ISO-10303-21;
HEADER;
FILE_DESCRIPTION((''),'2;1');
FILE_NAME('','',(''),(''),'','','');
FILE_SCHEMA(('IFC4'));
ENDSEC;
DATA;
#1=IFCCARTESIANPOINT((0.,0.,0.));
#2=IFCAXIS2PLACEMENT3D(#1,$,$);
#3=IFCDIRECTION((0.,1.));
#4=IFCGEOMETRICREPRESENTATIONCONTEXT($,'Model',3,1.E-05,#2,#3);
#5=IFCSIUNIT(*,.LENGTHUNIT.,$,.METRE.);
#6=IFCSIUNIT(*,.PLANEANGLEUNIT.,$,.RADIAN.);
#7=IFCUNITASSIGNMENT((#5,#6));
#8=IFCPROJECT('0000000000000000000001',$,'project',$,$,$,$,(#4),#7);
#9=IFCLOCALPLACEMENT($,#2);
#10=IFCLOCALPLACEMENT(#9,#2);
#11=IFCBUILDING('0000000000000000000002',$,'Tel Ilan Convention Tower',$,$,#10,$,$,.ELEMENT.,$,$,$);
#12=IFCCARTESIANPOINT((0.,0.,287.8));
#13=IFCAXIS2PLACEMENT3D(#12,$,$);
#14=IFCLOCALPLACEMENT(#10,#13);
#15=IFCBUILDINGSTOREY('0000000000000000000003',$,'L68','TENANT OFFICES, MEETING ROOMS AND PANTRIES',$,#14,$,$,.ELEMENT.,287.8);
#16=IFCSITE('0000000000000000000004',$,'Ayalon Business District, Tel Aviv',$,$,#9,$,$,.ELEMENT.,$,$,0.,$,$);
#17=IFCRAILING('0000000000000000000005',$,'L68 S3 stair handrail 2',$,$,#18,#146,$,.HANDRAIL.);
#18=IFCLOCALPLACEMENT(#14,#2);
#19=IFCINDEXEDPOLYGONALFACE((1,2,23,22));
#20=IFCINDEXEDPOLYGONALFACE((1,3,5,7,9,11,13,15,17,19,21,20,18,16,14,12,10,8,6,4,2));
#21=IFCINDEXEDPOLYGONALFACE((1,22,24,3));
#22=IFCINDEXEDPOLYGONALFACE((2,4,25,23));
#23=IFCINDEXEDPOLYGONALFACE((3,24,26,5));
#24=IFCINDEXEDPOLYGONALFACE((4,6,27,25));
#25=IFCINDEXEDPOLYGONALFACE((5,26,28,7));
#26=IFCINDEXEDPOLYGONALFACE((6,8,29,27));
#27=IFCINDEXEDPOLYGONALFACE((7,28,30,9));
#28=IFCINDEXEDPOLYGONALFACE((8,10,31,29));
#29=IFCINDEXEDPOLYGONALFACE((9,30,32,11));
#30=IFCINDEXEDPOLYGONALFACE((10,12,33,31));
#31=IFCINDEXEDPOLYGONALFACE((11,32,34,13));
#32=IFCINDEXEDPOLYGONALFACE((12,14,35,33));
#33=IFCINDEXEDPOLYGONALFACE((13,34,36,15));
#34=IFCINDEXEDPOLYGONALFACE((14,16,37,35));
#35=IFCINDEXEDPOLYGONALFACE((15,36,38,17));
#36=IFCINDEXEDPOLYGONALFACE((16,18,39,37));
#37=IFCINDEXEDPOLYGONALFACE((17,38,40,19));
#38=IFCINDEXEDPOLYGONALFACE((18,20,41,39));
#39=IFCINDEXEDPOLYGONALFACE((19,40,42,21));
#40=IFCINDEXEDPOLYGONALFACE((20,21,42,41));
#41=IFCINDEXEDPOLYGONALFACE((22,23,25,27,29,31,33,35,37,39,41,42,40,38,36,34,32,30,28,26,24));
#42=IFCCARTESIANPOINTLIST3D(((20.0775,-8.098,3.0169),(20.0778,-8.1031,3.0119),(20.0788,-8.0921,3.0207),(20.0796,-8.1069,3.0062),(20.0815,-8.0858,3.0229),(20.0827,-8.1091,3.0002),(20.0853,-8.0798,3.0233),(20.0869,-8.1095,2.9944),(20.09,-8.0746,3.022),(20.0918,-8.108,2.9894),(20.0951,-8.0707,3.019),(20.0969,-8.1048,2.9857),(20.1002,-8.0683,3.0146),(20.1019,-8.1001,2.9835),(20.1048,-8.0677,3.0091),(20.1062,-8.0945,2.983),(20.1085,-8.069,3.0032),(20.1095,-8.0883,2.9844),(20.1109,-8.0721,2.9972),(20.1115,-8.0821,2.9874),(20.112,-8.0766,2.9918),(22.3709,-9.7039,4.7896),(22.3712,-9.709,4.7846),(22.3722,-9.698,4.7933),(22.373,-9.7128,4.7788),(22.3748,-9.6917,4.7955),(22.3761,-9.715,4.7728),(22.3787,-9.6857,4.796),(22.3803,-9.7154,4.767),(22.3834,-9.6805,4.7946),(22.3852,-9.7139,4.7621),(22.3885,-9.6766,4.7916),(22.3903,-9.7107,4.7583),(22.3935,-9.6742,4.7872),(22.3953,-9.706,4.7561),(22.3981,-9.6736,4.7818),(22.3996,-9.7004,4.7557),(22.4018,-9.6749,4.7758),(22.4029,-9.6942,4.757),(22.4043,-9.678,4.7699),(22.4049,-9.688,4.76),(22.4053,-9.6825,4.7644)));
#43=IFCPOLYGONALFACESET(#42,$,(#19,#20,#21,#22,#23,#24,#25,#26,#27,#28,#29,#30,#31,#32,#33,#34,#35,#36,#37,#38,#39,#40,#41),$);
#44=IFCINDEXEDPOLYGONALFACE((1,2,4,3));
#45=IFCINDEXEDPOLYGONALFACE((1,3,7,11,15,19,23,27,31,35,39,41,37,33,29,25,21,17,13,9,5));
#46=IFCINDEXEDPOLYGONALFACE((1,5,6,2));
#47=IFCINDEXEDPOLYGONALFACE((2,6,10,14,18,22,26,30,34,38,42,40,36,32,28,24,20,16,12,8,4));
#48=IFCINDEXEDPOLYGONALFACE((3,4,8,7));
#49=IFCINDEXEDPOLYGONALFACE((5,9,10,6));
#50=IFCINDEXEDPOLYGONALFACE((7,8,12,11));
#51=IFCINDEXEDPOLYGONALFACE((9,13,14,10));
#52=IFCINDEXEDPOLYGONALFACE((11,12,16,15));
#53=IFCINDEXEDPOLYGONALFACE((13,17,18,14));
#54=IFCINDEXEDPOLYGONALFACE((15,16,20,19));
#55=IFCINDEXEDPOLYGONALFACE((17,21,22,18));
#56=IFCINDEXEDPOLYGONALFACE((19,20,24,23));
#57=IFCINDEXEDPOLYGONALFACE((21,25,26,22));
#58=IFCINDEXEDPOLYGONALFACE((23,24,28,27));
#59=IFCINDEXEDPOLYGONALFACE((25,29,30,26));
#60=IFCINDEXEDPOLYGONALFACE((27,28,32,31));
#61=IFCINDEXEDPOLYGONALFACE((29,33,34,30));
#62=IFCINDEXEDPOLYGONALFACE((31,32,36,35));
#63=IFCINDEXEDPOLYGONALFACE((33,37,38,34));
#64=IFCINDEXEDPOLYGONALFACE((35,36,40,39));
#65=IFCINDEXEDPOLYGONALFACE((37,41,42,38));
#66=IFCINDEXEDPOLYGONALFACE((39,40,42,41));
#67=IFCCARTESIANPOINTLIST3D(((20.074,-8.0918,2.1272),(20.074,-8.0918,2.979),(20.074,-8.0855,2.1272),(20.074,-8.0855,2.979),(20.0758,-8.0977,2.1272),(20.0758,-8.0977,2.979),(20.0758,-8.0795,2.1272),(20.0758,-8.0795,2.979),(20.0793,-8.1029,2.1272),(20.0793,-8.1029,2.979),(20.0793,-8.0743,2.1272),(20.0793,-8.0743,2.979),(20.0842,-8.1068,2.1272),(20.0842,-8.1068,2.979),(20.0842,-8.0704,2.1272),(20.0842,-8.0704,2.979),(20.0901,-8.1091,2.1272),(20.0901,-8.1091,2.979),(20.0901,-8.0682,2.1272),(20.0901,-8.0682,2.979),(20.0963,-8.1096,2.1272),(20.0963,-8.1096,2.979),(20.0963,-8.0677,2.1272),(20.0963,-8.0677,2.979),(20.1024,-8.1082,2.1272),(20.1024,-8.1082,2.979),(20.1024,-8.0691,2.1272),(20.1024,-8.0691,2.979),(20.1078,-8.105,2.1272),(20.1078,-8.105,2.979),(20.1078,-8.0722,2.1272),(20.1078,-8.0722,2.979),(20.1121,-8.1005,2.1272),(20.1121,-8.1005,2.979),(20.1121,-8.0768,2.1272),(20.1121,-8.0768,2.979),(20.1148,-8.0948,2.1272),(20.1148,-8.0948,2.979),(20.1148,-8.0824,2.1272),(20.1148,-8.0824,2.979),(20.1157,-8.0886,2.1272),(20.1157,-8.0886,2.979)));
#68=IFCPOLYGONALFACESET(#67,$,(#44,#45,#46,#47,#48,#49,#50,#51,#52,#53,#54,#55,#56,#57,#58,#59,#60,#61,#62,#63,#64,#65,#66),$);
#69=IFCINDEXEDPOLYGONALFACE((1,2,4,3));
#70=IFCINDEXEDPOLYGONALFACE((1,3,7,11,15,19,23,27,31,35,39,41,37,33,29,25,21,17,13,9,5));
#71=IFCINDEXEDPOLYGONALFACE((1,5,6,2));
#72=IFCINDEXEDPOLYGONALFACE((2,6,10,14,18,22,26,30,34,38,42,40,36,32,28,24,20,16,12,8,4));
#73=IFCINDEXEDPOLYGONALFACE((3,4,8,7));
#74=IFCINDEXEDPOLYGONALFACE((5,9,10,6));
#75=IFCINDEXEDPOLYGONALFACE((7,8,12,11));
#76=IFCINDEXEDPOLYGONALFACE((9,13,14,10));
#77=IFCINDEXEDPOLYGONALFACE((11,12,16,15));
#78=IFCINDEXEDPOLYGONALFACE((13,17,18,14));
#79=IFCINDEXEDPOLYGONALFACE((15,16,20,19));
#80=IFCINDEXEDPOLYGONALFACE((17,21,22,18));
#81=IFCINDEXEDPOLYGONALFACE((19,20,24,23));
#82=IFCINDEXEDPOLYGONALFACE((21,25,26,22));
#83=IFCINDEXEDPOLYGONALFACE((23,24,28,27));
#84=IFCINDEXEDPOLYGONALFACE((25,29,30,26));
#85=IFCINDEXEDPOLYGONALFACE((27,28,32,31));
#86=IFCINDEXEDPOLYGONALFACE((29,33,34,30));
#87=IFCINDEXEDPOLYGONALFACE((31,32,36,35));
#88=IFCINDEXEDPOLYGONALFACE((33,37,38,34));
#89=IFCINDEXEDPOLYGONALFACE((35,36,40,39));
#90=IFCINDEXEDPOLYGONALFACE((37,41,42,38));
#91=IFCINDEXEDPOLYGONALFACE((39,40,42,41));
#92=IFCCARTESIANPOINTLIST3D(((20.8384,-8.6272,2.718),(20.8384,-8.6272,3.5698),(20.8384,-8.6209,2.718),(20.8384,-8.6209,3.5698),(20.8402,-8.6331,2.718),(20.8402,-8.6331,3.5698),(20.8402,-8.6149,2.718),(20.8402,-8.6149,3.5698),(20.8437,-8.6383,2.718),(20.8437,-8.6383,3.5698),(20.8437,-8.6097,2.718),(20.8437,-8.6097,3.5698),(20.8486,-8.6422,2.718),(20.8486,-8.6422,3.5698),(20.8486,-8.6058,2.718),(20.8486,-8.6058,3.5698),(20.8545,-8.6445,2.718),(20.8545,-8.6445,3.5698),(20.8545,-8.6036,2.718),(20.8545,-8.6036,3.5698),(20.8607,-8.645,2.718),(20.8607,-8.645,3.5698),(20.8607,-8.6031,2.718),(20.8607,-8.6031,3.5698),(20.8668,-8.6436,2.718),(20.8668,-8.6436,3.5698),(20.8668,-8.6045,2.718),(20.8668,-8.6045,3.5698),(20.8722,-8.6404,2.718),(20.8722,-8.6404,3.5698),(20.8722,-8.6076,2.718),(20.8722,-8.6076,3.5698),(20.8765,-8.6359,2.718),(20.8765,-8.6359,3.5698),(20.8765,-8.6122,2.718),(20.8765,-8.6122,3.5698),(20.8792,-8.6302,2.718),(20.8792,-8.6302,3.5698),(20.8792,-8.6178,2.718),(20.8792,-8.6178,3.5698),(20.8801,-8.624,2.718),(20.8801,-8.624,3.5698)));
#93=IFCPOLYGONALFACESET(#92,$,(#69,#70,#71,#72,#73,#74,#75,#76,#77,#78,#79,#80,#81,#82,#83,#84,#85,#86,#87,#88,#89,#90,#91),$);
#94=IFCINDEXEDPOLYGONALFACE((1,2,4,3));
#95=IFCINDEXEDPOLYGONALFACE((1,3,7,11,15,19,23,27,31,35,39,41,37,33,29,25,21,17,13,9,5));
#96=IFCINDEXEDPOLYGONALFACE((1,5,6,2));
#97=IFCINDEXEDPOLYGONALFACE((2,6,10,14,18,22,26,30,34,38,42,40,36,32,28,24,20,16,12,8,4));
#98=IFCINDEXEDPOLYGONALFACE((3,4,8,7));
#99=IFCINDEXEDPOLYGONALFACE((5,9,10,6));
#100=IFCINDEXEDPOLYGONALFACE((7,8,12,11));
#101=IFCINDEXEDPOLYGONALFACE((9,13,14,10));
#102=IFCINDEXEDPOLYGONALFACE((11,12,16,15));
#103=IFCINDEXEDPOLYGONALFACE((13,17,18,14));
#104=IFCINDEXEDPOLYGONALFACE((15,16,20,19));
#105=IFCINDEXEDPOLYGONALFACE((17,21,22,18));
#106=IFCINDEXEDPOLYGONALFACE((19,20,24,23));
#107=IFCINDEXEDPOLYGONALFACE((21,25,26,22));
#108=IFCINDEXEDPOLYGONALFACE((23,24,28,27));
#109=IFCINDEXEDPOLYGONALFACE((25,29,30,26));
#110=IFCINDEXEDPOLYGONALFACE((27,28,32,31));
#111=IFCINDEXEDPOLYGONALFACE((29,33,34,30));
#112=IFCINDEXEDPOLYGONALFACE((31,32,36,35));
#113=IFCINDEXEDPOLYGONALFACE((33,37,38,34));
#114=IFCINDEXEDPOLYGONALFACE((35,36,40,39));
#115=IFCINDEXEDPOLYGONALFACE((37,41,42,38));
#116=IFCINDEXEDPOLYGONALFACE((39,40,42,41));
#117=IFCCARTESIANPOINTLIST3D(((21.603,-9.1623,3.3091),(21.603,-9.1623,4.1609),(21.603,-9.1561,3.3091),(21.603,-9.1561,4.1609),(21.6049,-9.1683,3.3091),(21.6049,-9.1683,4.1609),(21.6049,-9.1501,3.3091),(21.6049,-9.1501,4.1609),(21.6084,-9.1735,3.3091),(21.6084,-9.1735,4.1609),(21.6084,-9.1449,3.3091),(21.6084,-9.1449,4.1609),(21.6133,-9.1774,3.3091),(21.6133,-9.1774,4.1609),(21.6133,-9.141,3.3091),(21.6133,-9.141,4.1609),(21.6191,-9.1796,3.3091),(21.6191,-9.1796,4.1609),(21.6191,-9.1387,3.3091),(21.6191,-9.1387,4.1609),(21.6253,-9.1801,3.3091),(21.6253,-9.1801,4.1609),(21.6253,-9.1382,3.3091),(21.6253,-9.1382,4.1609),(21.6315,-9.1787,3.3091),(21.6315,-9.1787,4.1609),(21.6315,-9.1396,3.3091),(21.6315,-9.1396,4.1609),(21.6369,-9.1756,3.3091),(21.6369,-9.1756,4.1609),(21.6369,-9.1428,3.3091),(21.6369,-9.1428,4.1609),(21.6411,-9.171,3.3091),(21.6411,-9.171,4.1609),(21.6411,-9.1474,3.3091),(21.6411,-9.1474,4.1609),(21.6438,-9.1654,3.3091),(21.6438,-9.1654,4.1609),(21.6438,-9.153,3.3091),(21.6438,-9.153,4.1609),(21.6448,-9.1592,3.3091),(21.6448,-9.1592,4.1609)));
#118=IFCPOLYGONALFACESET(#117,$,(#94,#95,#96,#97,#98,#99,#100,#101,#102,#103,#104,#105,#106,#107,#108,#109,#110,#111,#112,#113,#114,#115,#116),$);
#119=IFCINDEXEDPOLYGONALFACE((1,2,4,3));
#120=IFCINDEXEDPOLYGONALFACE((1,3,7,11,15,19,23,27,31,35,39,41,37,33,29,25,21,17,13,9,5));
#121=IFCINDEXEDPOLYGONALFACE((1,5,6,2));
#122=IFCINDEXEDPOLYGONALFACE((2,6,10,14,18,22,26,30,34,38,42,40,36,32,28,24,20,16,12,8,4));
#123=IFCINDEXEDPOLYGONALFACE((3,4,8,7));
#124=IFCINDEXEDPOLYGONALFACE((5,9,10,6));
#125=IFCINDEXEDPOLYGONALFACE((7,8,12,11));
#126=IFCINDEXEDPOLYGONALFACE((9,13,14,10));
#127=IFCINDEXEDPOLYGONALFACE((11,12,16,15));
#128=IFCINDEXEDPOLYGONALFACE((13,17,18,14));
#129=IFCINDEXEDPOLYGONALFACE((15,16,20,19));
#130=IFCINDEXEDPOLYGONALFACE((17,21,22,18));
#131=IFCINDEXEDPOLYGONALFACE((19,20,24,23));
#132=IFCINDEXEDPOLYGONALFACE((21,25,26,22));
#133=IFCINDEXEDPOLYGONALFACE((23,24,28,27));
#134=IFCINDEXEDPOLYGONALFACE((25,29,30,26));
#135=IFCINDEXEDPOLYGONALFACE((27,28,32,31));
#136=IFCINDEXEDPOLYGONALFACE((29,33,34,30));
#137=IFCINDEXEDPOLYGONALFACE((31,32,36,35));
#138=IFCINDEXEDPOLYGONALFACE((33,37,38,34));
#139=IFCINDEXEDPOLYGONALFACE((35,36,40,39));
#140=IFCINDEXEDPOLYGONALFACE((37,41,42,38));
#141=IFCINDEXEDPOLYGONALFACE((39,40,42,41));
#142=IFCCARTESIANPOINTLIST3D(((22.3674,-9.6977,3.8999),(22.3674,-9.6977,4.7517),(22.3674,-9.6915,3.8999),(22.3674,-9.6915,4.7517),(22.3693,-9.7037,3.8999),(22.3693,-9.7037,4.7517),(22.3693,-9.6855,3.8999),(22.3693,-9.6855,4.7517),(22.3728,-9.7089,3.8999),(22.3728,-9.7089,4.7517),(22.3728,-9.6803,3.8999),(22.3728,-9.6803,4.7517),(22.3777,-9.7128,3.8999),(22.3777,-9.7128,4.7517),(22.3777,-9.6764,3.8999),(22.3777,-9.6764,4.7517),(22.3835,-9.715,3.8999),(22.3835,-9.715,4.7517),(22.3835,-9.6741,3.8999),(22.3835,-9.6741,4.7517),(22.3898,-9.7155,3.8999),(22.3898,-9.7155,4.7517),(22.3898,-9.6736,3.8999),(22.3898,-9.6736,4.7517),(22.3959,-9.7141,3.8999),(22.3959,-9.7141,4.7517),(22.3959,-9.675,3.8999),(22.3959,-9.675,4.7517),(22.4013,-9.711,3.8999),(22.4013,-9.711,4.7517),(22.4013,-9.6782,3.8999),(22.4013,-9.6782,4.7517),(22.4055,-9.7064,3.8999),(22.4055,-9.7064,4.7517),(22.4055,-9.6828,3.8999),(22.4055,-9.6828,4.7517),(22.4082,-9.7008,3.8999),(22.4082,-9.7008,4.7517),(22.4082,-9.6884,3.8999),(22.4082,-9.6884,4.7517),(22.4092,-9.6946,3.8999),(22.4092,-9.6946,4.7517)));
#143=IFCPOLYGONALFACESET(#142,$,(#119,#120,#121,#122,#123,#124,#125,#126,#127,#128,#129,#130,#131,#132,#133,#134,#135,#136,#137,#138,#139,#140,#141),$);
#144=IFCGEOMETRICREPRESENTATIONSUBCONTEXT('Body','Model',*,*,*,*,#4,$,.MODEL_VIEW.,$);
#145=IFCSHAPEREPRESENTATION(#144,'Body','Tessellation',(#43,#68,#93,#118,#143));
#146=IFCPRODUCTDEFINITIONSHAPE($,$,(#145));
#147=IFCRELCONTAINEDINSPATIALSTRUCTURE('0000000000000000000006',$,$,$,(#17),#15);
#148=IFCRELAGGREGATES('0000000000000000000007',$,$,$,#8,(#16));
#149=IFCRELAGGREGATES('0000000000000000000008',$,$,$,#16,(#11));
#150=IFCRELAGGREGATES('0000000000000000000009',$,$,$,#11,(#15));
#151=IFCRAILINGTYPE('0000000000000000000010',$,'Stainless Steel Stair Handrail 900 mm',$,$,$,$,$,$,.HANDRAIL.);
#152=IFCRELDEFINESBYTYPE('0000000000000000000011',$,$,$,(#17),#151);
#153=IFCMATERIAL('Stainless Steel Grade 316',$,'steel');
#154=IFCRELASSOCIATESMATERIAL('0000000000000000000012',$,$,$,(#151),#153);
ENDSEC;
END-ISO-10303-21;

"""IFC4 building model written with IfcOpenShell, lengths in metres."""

from ifc_helpers import new_model, si_unit, direction, frame, origin, origin_2d, place, context, subcontext, project, spatial, circle, extrude, material, type_object, element, save


model = new_model("IFC4")

# Units and contexts
model_context = context("Model", 3, precision=1e-05, world=origin(), true_north=direction((0.0, 1.0)))
body_context = subcontext(model_context, "Body", "Model", "MODEL_VIEW")
ifc_project = project(units=[si_unit("LENGTHUNIT", "METRE"), si_unit("PLANEANGLEUNIT", "RADIAN")], contexts=[model_context])

# Site, building, storey
site_placement = place(None, origin())
site = spatial("IfcSite", under=ifc_project, at=site_placement, Name="Ayalon Business District, Tel Aviv", CompositionType="ELEMENT", RefElevation=0.0)
building_placement = place(site_placement, origin())
building = spatial("IfcBuilding", under=site, at=building_placement, Name="Tel Ilan Convention Tower", CompositionType="ELEMENT")
storey_placement = place(building_placement, frame((0.0, 0.0, 287.8)))
storey = spatial("IfcBuildingStorey", under=building, at=storey_placement, Name="L68", Description="TENANT OFFICES, MEETING ROOMS AND PANTRIES", CompositionType="ELEMENT", Elevation=287.8)

# Railing
ifc_material_1 = material(Name="Stainless Steel Grade 316", Category="steel")
railing_type_1 = type_object("IfcRailingType", Name="Stainless Steel Stair Handrail 900 mm", PredefinedType="HANDRAIL", material=ifc_material_1)
railing_1_placement = place(storey_placement, frame((20.0947, -8.0886, 2.1272)))
element("IfcRailing", 1, at=railing_1_placement, inside=storey, type_object=railing_type_1, Name="L68 S3 stair handrail 2", PredefinedType="HANDRAIL", context=body_context, shape_type="SweptSolid", body=[
    extrude(circle(Radius=0.0239, at=origin_2d()), frame((0.0, 0.0, 0.876), z_axis=(0.692085, -0.484621, 0.53494), x_axis=(0.573591, 0.819142, 0.0)), (0.0, 0.0, 1.0), 3.3137),
    extrude(circle(Radius=0.021, at=origin_2d()), origin(), (0.0, 0.0, 1.0), 0.8518),
    extrude(circle(Radius=0.021, at=origin_2d()), frame((0.7644, -0.5354, 0.5908)), (0.0, 0.0, 1.0), 0.8518),
    extrude(circle(Radius=0.021, at=origin_2d()), frame((1.5291, -1.0706, 1.1819)), (0.0, 0.0, 1.0), 0.8518),
    extrude(circle(Radius=0.021, at=origin_2d()), frame((2.2935, -1.606, 1.7727)), (0.0, 0.0, 1.0), 0.8518),
])

save(model, "model.ifc")
